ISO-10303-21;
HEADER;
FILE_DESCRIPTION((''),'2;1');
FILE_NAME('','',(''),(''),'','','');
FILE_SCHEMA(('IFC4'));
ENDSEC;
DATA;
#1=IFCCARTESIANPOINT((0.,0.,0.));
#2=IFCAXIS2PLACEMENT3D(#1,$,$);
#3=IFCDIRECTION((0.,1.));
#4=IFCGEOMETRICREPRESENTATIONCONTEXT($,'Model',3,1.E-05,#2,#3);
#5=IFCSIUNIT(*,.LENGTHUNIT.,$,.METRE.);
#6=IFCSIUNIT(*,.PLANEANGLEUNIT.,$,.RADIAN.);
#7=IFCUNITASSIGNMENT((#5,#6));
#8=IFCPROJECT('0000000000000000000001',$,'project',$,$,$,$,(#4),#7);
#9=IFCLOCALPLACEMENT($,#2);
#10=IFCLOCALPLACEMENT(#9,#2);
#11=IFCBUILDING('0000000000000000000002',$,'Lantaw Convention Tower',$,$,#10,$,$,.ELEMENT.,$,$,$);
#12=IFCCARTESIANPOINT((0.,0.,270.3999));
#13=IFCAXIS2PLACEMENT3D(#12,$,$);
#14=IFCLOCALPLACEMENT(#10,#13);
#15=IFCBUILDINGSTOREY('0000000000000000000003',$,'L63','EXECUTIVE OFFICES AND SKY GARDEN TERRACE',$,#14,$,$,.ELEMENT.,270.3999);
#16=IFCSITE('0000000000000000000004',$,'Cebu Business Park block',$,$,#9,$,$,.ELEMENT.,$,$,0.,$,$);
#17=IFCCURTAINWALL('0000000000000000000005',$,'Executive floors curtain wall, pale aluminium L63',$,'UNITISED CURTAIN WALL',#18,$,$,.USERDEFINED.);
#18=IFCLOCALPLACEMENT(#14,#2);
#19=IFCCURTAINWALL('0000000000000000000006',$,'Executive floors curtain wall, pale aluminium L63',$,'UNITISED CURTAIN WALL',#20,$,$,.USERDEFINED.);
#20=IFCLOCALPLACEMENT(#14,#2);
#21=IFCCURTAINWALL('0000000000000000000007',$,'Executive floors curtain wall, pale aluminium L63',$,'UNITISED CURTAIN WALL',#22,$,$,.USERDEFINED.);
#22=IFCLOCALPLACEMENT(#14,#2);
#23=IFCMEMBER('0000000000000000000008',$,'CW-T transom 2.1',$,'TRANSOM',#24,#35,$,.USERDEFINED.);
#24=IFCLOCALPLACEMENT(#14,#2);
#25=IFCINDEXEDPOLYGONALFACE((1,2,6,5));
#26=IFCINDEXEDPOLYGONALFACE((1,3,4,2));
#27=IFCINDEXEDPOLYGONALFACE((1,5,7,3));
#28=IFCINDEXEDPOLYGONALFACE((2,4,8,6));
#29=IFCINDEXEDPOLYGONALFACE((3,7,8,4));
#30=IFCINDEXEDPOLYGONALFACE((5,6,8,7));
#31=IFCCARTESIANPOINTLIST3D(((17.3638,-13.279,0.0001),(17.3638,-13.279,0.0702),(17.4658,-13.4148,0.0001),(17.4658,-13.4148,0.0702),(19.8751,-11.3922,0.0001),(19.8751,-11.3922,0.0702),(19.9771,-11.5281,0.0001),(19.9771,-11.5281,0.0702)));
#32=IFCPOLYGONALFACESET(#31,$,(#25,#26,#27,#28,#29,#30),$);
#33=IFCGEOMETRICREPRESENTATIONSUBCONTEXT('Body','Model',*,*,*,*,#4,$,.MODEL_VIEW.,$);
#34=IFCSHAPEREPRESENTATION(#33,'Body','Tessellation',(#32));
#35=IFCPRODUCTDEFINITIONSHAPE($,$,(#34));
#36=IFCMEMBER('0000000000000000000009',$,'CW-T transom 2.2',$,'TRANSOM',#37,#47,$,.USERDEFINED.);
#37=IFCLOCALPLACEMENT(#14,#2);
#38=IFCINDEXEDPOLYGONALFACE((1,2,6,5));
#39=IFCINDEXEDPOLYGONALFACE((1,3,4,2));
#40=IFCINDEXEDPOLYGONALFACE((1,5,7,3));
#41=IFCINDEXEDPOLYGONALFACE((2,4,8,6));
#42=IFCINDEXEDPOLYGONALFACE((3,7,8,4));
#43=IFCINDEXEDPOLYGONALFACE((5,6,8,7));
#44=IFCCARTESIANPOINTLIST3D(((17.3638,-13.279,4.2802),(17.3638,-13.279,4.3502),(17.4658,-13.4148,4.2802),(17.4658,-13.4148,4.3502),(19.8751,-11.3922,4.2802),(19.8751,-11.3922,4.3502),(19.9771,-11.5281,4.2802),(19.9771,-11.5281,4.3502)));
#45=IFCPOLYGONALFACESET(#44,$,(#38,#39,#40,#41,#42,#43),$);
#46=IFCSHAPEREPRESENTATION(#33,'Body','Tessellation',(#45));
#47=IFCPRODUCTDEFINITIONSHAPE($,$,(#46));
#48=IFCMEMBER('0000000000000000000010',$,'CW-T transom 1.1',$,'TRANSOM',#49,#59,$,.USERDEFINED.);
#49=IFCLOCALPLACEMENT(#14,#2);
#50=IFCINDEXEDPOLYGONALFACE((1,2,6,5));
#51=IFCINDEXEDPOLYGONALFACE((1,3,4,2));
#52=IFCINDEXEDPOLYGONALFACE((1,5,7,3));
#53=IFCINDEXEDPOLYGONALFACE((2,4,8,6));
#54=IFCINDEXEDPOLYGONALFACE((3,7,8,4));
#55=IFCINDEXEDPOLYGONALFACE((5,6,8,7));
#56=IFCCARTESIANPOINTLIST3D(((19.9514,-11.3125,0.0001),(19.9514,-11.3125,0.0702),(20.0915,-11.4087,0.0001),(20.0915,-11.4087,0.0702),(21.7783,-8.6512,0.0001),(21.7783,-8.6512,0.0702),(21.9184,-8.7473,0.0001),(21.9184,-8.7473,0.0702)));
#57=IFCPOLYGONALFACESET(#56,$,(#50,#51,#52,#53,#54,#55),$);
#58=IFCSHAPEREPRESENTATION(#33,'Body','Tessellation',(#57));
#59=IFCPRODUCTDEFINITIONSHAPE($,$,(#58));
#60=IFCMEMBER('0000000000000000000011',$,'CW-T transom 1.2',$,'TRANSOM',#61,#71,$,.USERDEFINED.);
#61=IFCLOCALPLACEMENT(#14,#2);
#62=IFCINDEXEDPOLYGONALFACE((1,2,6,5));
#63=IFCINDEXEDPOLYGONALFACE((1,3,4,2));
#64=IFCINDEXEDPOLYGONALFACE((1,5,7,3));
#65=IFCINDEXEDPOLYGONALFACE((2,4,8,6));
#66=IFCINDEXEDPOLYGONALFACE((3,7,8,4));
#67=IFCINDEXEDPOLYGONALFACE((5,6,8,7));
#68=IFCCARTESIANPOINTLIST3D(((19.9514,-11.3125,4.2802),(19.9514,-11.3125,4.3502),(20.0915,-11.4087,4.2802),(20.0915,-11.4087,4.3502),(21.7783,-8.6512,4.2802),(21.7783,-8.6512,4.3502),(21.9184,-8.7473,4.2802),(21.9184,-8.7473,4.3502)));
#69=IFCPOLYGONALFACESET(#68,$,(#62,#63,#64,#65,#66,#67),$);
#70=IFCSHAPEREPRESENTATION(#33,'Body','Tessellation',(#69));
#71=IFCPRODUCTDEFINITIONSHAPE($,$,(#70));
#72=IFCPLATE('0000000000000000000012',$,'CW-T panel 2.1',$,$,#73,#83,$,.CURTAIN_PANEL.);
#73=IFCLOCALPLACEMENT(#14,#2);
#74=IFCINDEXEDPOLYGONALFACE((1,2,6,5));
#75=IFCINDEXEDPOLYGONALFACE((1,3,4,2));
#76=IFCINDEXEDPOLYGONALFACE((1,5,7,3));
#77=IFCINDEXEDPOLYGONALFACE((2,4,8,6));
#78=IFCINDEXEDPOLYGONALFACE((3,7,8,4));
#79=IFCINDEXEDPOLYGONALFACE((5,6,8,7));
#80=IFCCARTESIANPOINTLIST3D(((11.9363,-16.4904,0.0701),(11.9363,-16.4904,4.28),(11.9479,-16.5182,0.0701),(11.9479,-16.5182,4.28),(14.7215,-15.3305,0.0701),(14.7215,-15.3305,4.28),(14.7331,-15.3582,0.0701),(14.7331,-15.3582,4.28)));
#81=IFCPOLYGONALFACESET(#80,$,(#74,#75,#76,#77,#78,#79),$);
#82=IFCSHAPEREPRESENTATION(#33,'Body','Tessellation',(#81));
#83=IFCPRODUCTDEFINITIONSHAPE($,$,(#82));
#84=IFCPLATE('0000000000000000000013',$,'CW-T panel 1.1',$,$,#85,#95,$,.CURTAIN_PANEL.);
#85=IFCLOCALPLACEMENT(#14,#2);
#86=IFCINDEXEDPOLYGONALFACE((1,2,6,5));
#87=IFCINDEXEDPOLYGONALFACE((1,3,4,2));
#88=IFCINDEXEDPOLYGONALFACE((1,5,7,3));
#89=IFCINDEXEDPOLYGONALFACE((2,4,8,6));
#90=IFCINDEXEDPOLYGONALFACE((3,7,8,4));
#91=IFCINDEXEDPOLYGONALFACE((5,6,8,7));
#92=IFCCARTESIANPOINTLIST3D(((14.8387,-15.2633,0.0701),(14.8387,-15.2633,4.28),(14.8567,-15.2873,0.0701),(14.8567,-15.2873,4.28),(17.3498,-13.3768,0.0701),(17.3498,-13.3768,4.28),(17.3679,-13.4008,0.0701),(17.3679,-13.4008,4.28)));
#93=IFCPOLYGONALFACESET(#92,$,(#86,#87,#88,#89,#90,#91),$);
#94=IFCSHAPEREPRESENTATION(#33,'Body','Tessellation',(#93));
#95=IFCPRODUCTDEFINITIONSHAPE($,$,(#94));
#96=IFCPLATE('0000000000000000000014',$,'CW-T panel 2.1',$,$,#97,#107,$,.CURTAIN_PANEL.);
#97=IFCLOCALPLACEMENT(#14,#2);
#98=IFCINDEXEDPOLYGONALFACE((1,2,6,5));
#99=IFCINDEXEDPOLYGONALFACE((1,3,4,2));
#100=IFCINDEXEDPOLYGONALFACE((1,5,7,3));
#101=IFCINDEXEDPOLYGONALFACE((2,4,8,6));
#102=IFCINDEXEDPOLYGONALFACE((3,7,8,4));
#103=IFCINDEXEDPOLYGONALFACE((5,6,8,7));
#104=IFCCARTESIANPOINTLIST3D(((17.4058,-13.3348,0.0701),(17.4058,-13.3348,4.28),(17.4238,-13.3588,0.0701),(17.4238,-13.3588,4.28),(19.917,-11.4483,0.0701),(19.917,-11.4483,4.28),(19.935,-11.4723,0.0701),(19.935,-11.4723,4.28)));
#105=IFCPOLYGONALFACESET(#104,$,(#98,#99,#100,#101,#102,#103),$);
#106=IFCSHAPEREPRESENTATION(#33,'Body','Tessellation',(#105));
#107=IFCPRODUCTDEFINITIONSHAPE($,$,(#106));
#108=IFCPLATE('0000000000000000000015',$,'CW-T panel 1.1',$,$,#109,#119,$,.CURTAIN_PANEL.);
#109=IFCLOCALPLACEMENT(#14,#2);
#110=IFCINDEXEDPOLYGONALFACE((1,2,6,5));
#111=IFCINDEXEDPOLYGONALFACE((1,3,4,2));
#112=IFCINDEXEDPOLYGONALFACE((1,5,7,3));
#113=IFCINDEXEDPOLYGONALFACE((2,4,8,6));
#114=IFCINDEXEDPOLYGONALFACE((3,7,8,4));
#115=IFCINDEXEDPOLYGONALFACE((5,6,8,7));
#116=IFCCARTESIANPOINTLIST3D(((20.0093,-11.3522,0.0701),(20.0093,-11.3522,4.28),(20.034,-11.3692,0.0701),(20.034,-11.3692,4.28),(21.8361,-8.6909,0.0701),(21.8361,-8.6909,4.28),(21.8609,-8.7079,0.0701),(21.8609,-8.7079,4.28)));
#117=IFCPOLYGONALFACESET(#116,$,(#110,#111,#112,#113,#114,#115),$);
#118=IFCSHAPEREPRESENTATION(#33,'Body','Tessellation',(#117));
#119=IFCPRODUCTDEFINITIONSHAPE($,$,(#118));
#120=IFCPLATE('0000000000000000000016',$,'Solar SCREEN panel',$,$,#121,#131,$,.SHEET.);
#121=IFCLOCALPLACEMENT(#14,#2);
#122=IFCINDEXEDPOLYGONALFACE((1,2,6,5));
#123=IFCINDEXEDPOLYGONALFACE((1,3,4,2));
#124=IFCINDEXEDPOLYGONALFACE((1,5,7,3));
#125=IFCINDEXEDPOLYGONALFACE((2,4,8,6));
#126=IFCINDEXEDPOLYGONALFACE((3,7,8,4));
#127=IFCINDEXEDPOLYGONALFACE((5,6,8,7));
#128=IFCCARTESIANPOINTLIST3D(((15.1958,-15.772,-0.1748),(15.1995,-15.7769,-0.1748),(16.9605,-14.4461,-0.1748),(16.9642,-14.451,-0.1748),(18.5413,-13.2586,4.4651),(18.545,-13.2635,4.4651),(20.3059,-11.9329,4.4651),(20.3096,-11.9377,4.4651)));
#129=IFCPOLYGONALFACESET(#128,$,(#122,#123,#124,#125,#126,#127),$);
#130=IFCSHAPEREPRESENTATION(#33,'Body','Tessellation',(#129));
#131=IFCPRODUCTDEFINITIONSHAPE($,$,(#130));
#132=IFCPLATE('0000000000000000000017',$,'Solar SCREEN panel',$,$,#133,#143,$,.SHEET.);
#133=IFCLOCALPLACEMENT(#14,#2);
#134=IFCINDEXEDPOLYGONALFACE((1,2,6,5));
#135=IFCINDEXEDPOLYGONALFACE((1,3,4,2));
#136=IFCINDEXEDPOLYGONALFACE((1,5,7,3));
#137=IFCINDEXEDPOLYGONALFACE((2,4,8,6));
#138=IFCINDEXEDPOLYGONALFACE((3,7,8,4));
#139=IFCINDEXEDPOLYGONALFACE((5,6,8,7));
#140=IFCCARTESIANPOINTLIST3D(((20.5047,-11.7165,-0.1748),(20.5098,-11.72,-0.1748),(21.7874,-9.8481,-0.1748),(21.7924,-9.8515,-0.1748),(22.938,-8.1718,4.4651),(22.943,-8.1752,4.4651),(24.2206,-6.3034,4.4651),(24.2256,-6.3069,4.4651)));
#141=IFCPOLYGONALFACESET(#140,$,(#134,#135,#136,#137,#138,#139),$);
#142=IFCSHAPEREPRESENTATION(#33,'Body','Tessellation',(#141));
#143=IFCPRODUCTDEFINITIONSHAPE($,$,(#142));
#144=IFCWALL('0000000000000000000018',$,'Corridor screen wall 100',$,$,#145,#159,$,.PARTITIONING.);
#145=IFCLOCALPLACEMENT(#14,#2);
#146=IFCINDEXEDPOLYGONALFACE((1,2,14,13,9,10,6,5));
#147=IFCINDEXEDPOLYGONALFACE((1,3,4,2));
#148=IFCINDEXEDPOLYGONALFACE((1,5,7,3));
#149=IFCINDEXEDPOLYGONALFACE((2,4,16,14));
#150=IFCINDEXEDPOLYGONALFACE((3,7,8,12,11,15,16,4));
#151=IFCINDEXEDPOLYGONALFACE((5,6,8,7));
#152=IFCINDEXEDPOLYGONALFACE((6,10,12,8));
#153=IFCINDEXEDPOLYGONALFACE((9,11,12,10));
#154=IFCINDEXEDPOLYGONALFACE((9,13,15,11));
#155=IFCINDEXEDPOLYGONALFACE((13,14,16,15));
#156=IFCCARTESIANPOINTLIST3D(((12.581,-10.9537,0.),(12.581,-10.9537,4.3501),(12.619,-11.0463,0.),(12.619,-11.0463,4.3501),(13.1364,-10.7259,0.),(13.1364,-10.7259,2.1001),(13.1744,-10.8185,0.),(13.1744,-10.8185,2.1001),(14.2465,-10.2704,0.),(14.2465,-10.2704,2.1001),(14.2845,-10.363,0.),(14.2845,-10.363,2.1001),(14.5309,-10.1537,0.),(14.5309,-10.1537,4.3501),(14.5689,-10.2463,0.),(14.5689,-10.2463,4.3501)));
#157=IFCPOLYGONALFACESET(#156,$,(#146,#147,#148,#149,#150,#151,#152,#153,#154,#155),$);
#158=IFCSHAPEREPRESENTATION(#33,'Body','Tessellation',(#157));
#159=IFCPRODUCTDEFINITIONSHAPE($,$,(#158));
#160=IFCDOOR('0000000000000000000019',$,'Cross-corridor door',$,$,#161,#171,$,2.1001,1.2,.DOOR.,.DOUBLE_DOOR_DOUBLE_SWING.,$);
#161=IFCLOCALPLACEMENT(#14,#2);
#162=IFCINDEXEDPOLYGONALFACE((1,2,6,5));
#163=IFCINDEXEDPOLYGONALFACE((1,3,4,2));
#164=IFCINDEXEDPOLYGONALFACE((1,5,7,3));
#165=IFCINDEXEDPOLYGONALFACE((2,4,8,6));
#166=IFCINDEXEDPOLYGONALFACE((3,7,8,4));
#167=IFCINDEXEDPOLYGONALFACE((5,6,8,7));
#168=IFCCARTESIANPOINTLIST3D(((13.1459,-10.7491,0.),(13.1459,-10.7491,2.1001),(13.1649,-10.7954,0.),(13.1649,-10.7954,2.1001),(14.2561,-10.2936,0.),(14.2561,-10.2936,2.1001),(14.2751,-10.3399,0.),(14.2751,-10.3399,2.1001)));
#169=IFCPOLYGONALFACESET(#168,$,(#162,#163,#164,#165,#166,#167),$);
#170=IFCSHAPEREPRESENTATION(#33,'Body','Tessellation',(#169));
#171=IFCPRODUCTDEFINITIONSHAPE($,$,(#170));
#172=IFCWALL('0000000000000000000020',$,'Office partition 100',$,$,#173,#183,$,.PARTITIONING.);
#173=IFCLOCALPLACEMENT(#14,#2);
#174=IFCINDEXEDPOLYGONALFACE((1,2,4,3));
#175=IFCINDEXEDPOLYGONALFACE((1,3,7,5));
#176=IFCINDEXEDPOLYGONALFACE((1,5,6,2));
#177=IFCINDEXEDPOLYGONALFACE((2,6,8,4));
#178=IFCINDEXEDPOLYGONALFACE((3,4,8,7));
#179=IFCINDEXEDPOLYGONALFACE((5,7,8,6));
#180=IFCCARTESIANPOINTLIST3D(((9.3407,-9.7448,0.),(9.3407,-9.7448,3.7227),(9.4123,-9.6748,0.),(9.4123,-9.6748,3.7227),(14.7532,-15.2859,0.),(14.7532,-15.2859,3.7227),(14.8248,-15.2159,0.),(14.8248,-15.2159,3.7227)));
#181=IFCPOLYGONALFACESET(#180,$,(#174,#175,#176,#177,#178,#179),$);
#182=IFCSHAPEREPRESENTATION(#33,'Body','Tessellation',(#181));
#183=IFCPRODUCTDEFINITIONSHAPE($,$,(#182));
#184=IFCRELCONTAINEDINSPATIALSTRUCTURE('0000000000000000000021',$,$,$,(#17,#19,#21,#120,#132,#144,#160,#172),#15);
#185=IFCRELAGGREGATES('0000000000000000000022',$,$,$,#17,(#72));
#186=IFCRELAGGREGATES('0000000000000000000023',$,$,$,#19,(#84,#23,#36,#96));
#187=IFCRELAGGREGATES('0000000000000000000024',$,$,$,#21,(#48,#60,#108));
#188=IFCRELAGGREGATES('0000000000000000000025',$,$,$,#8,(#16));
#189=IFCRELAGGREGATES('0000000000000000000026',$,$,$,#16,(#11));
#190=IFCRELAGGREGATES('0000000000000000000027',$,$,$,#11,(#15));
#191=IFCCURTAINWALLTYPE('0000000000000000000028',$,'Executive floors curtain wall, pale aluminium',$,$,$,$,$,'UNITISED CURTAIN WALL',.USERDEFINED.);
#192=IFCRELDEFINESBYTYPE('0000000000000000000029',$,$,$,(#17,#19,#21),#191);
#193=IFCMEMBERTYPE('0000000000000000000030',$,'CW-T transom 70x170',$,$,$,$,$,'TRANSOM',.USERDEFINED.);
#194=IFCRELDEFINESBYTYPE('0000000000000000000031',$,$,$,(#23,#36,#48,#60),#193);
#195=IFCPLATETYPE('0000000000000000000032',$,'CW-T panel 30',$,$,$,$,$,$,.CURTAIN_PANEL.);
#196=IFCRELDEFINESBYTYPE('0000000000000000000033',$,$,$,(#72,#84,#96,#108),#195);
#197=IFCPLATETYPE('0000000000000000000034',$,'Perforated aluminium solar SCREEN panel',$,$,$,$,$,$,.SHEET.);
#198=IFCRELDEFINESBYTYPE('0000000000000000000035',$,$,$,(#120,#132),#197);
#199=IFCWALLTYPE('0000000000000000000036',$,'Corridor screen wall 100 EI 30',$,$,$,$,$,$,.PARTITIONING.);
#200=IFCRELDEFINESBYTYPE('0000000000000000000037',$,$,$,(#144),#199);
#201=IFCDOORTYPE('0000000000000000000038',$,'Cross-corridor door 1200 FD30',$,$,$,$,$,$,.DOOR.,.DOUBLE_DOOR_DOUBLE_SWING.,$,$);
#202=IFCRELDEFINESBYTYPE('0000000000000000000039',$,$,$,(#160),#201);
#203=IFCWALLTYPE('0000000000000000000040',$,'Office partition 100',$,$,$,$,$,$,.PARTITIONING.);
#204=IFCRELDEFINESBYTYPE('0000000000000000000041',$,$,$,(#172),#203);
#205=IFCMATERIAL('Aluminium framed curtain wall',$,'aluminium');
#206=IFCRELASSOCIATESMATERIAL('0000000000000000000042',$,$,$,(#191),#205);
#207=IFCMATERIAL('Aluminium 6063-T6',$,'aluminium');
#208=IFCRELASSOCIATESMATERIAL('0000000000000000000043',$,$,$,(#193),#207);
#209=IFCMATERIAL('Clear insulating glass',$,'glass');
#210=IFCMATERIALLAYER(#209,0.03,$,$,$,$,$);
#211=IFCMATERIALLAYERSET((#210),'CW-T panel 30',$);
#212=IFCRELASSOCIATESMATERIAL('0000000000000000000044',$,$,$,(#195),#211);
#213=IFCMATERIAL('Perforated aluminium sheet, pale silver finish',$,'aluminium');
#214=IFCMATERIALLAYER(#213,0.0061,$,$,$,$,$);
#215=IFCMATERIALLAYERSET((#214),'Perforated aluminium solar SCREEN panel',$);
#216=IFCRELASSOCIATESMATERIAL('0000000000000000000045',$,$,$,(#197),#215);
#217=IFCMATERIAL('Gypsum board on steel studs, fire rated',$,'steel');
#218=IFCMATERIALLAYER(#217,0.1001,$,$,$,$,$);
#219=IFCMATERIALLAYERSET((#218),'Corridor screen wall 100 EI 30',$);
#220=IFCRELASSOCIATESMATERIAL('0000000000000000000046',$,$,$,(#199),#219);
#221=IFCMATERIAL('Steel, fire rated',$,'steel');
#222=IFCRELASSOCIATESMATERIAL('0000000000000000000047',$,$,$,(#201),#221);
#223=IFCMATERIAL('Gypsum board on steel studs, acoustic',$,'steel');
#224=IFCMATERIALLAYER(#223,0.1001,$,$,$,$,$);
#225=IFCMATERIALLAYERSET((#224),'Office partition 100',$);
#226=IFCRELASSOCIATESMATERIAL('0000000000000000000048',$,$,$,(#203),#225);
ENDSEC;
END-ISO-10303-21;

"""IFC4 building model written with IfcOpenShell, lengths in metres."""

from ifc_helpers import new_model, si_unit, direction, frame, frame_2d, origin, origin_2d, place, context, subcontext, project, spatial, polyline, rectangle, outline, extrude, material, layer, layer_set, material_profile, profile_set, type_object, element, fill, aggregate, save


model = new_model("IFC4")

# Units and contexts
model_context = context("Model", 3, precision=1e-05, world=origin(), true_north=direction((0.0, 1.0)))
body_context = subcontext(model_context, "Body", "Model", "MODEL_VIEW")
ifc_project = project(units=[si_unit("LENGTHUNIT", "METRE"), si_unit("PLANEANGLEUNIT", "RADIAN")], contexts=[model_context])

# Site, building, storey
site_placement = place(None, origin())
site = spatial("IfcSite", under=ifc_project, at=site_placement, Name="Cebu Business Park block", CompositionType="ELEMENT", RefElevation=0.0)
building_placement = place(site_placement, origin())
building = spatial("IfcBuilding", under=site, at=building_placement, Name="Lantaw Convention Tower", CompositionType="ELEMENT")
storey_placement = place(building_placement, frame((0.0, 0.0, 270.3999)))
storey = spatial("IfcBuildingStorey", under=building, at=storey_placement, Name="L63", Description="EXECUTIVE OFFICES AND SKY GARDEN TERRACE", CompositionType="ELEMENT", Elevation=270.3999)

# Curtain wall
ifc_material_1 = material(Name="Aluminium framed curtain wall", Category="aluminium")
curtain_wall_type = type_object("IfcCurtainWallType", Name="Executive floors curtain wall, pale aluminium", ElementType="UNITISED CURTAIN WALL", PredefinedType="USERDEFINED", material=ifc_material_1)
curtain_wall_1_placement = place(storey_placement, origin())
curtain_wall_1 = element("IfcCurtainWall", 1, at=curtain_wall_1_placement, inside=storey, type_object=curtain_wall_type, Name="Executive floors curtain wall, pale aluminium L63", ObjectType="UNITISED CURTAIN WALL", PredefinedType="USERDEFINED")
ifc_material_2 = material(Name="Aluminium 6063-T6", Category="aluminium")

# Curtain wall
curtain_wall_2_placement = place(storey_placement, origin())
curtain_wall_2 = element("IfcCurtainWall", 2, at=curtain_wall_2_placement, inside=storey, type_object=curtain_wall_type, Name="Executive floors curtain wall, pale aluminium L63", ObjectType="UNITISED CURTAIN WALL", PredefinedType="USERDEFINED")

# Curtain wall
curtain_wall_3_placement = place(storey_placement, origin())
curtain_wall_3 = element("IfcCurtainWall", 3, at=curtain_wall_3_placement, inside=storey, type_object=curtain_wall_type, Name="Executive floors curtain wall, pale aluminium L63", ObjectType="UNITISED CURTAIN WALL", PredefinedType="USERDEFINED")

# Members
ifc_material_profile_1 = material_profile(ifc_material_2, rectangle(XDim=0.1699, YDim=0.0701, at=origin_2d()), Name="CW-T transom 70x170")
ifc_profile_set_1 = profile_set([ifc_material_profile_1], Name="Aluminium 6063-T6")
member_type_1 = type_object("IfcMemberType", Name="CW-T transom 70x170", ElementType="TRANSOM", PredefinedType="USERDEFINED", material=ifc_profile_set_1)
member_1_placement = place(storey_placement, frame((17.4148, -13.3469, 0.0352), z_axis=(0.799496, 0.600671, 0.0), x_axis=(-0.600671, 0.799496, 0.0)))
member_1 = element("IfcMember", 4, at=member_1_placement, type_object=member_type_1, Name="CW-T transom 2.1", ObjectType="TRANSOM", PredefinedType="USERDEFINED", context=body_context, shape_type="SweptSolid", body=[
    extrude(rectangle(XDim=0.1699, YDim=0.0701, at=origin_2d()), origin(), (0.0, 0.0, 1.0), 3.1411),
])
member_2_placement = place(storey_placement, frame((17.4148, -13.3469, 4.3152), z_axis=(0.799496, 0.600671, 0.0), x_axis=(-0.600671, 0.799496, 0.0)))
member_2 = element("IfcMember", 5, at=member_2_placement, type_object=member_type_1, Name="CW-T transom 2.2", ObjectType="TRANSOM", PredefinedType="USERDEFINED", context=body_context, shape_type="SweptSolid", body=[
    extrude(rectangle(XDim=0.1699, YDim=0.0701, at=origin_2d()), origin(), (0.0, 0.0, 1.0), 3.1411),
])
member_3_placement = place(storey_placement, frame((20.0215, -11.3606, 0.0352), z_axis=(0.565941, 0.824446, 0.0), x_axis=(-0.824446, 0.565941, 0.0)))
member_3 = element("IfcMember", 6, at=member_3_placement, type_object=member_type_1, Name="CW-T transom 1.1", ObjectType="TRANSOM", PredefinedType="USERDEFINED", context=body_context, shape_type="SweptSolid", body=[
    extrude(rectangle(XDim=0.1699, YDim=0.0701, at=origin_2d()), origin(), (0.0, 0.0, 1.0), 3.228),
])
member_4_placement = place(storey_placement, frame((20.0215, -11.3606, 4.3152), z_axis=(0.565941, 0.824446, 0.0), x_axis=(-0.824446, 0.565941, 0.0)))
member_4 = element("IfcMember", 7, at=member_4_placement, type_object=member_type_1, Name="CW-T transom 1.2", ObjectType="TRANSOM", PredefinedType="USERDEFINED", context=body_context, shape_type="SweptSolid", body=[
    extrude(rectangle(XDim=0.1699, YDim=0.0701, at=origin_2d()), origin(), (0.0, 0.0, 1.0), 3.228),
])

# Plates
ifc_material_3 = material(Name="Clear insulating glass", Category="glass")
ifc_layer_1 = layer(ifc_material_3, 0.03)
ifc_layer_set_1 = layer_set([ifc_layer_1], Name="CW-T panel 30")
plate_type_1 = type_object("IfcPlateType", Name="CW-T panel 30", PredefinedType="CURTAIN_PANEL", material=ifc_layer_set_1)
plate_1_placement = place(storey_placement, frame((13.3347, -15.9243, 0.0701), z_axis=(0.0, 0.0, 1.0), x_axis=(0.923142, 0.38446, 0.0)))
plate_1 = element("IfcPlate", 8, at=plate_1_placement, type_object=plate_type_1, Name="CW-T panel 2.1", PredefinedType="CURTAIN_PANEL", context=body_context, shape_type="SweptSolid", body=[
    extrude(rectangle(XDim=3.0171, YDim=0.03, at=origin_2d()), origin(), (0.0, 0.0, 1.0), 4.21),
])
aggregate(curtain_wall_1, [plate_1])
plate_2_placement = place(storey_placement, frame((16.1033, -14.332, 0.0701), z_axis=(0.0, 0.0, 1.0), x_axis=(0.799518, 0.600643, 0.0)))
plate_2 = element("IfcPlate", 9, at=plate_2_placement, type_object=plate_type_1, Name="CW-T panel 1.1", PredefinedType="CURTAIN_PANEL", context=body_context, shape_type="SweptSolid", body=[
    extrude(rectangle(XDim=3.1409, YDim=0.03, at=origin_2d()), origin(), (0.0, 0.0, 1.0), 4.21),
])
plate_3_placement = place(storey_placement, frame((18.6704, -12.4036, 0.0701), z_axis=(0.0, 0.0, 1.0), x_axis=(0.799518, 0.600643, 0.0)))
plate_3 = element("IfcPlate", 10, at=plate_3_placement, type_object=plate_type_1, Name="CW-T panel 2.1", PredefinedType="CURTAIN_PANEL", context=body_context, shape_type="SweptSolid", body=[
    extrude(rectangle(XDim=3.1409, YDim=0.03, at=origin_2d()), origin(), (0.0, 0.0, 1.0), 4.21),
])
aggregate(curtain_wall_2, [plate_2, member_1, member_2, plate_3])
plate_4_placement = place(storey_placement, frame((20.9351, -10.03, 0.0701), z_axis=(0.0, 0.0, 1.0), x_axis=(0.565935, 0.82445, 0.0)))
plate_4 = element("IfcPlate", 11, at=plate_4_placement, type_object=plate_type_1, Name="CW-T panel 1.1", PredefinedType="CURTAIN_PANEL", context=body_context, shape_type="SweptSolid", body=[
    extrude(rectangle(XDim=3.228, YDim=0.03, at=origin_2d()), origin(), (0.0, 0.0, 1.0), 4.21),
])
aggregate(curtain_wall_3, [member_3, member_4, plate_4])

# Plates
ifc_material_4 = material(Name="Perforated aluminium sheet, pale silver finish", Category="aluminium")
ifc_layer_2 = layer(ifc_material_4, 0.0061)
ifc_layer_set_2 = layer_set([ifc_layer_2], Name="Perforated aluminium solar SCREEN panel")
plate_type_2 = type_object("IfcPlateType", Name="Perforated aluminium solar SCREEN panel", PredefinedType="SHEET", material=ifc_layer_set_2)
plate_5_placement = place(storey_placement, frame((15.1958, -15.772, -0.1748), z_axis=(-0.600672, 0.799495, 0.000032), x_axis=(0.799495, 0.600672, 0.0)))
element("IfcPlate", 12, at=plate_5_placement, inside=storey, type_object=plate_type_2, Name="Solar SCREEN panel", PredefinedType="SHEET", context=body_context, shape_type="SweptSolid", body=[
    extrude(outline(polyline([(0.0, 0.0), (2.2073, 0.0), (6.3916, -4.6399), (4.1844, -4.6399), (0.0, 0.0)])), origin(), (0.0, 0.0, -1.0), 0.0061),
])
plate_6_placement = place(storey_placement, frame((20.5098, -11.72, -0.1748), z_axis=(0.824441, -0.565948, 0.000011), x_axis=(0.565948, 0.824441, 0.0)))
element("IfcPlate", 13, at=plate_6_placement, inside=storey, type_object=plate_type_2, Name="Solar SCREEN panel", PredefinedType="SHEET", context=body_context, shape_type="SweptSolid", body=[
    extrude(outline(polyline([(0.0, 0.0), (2.2663, 0.0), (6.5657, 4.6399), (4.2995, 4.6399), (0.0, 0.0)])), origin(), (0.0, 0.0, -1.0), 0.0061),
])

# Wall, opening, door
ifc_material_5 = material(Name="Gypsum board on steel studs, fire rated", Category="steel")
ifc_layer_3 = layer(ifc_material_5, 0.1001)
ifc_layer_set_3 = layer_set([ifc_layer_3], Name="Corridor screen wall 100 EI 30")
wall_type_1 = type_object("IfcWallType", Name="Corridor screen wall 100 EI 30", PredefinedType="PARTITIONING", material=ifc_layer_set_3)
wall_1_placement = place(storey_placement, frame((12.6001, -11.0, 0.0), z_axis=(0.0, 0.0, 1.0), x_axis=(0.925157, 0.379584, 0.0)))
wall_1 = element("IfcWall", 14, at=wall_1_placement, inside=storey, type_object=wall_type_1, Name="Corridor screen wall 100", PredefinedType="PARTITIONING", context=body_context, shape_type="SweptSolid", body=[
    extrude(rectangle(XDim=2.1077, YDim=0.1001, at=frame_2d((1.0537, 0.0))), origin(), (0.0, 0.0, 1.0), 4.3501),
])
opening_1_placement = place(wall_1_placement, frame((0.6001, 0.0, 0.0)))
opening_1 = element("IfcOpeningElement", 15, at=opening_1_placement, cuts=wall_1, PredefinedType="OPENING", context=body_context, shape_type="SweptSolid", body=[
    extrude(rectangle(XDim=1.2, YDim=2.1001, at=frame_2d((0.6001, 1.05))), frame((0.0, 0.0601, 0.0), z_axis=(0.0, -1.0, 0.0), x_axis=(1.0, 0.0, 0.0)), (0.0, 0.0, 1.0), 0.1201),
])
ifc_material_6 = material(Name="Steel, fire rated", Category="steel")
door_type_1 = type_object("IfcDoorType", Name="Cross-corridor door 1200 FD30", OperationType="DOUBLE_DOOR_DOUBLE_SWING", PredefinedType="DOOR", material=ifc_material_6)
door_1_placement = place(opening_1_placement, origin())
door_1 = element("IfcDoor", 16, at=door_1_placement, inside=storey, type_object=door_type_1, Name="Cross-corridor door", OperationType="DOUBLE_DOOR_DOUBLE_SWING", OverallHeight=2.1001, OverallWidth=1.2, PredefinedType="DOOR", context=body_context, shape_type="SweptSolid", body=[
    extrude(rectangle(XDim=1.2, YDim=2.1001, at=frame_2d((0.6001, 1.05))), frame((0.0, 0.0249, 0.0), z_axis=(0.0, -1.0, 0.0), x_axis=(1.0, 0.0, 0.0)), (0.0, 0.0, 1.0), 0.05),
])
fill(opening_1, door_1)

# Wall
ifc_material_7 = material(Name="Gypsum board on steel studs, acoustic", Category="steel")
ifc_layer_4 = layer(ifc_material_7, 0.1001)
ifc_layer_set_4 = layer_set([ifc_layer_4], Name="Office partition 100")
wall_type_2 = type_object("IfcWallType", Name="Office partition 100", PredefinedType="PARTITIONING", material=ifc_layer_set_4)
wall_2_placement = place(storey_placement, frame((14.7891, -15.251, 0.0), z_axis=(0.0, 0.0, 1.0), x_axis=(-0.698753, 0.715363, 0.0)))
element("IfcWall", 17, at=wall_2_placement, inside=storey, type_object=wall_type_2, Name="Office partition 100", PredefinedType="PARTITIONING", context=body_context, shape_type="SweptSolid", body=[
    extrude(rectangle(XDim=7.7458, YDim=0.1001, at=frame_2d((3.873, 0.0))), origin(), (0.0, 0.0, 1.0), 3.7227),
])

save(model, "model.ifc")
